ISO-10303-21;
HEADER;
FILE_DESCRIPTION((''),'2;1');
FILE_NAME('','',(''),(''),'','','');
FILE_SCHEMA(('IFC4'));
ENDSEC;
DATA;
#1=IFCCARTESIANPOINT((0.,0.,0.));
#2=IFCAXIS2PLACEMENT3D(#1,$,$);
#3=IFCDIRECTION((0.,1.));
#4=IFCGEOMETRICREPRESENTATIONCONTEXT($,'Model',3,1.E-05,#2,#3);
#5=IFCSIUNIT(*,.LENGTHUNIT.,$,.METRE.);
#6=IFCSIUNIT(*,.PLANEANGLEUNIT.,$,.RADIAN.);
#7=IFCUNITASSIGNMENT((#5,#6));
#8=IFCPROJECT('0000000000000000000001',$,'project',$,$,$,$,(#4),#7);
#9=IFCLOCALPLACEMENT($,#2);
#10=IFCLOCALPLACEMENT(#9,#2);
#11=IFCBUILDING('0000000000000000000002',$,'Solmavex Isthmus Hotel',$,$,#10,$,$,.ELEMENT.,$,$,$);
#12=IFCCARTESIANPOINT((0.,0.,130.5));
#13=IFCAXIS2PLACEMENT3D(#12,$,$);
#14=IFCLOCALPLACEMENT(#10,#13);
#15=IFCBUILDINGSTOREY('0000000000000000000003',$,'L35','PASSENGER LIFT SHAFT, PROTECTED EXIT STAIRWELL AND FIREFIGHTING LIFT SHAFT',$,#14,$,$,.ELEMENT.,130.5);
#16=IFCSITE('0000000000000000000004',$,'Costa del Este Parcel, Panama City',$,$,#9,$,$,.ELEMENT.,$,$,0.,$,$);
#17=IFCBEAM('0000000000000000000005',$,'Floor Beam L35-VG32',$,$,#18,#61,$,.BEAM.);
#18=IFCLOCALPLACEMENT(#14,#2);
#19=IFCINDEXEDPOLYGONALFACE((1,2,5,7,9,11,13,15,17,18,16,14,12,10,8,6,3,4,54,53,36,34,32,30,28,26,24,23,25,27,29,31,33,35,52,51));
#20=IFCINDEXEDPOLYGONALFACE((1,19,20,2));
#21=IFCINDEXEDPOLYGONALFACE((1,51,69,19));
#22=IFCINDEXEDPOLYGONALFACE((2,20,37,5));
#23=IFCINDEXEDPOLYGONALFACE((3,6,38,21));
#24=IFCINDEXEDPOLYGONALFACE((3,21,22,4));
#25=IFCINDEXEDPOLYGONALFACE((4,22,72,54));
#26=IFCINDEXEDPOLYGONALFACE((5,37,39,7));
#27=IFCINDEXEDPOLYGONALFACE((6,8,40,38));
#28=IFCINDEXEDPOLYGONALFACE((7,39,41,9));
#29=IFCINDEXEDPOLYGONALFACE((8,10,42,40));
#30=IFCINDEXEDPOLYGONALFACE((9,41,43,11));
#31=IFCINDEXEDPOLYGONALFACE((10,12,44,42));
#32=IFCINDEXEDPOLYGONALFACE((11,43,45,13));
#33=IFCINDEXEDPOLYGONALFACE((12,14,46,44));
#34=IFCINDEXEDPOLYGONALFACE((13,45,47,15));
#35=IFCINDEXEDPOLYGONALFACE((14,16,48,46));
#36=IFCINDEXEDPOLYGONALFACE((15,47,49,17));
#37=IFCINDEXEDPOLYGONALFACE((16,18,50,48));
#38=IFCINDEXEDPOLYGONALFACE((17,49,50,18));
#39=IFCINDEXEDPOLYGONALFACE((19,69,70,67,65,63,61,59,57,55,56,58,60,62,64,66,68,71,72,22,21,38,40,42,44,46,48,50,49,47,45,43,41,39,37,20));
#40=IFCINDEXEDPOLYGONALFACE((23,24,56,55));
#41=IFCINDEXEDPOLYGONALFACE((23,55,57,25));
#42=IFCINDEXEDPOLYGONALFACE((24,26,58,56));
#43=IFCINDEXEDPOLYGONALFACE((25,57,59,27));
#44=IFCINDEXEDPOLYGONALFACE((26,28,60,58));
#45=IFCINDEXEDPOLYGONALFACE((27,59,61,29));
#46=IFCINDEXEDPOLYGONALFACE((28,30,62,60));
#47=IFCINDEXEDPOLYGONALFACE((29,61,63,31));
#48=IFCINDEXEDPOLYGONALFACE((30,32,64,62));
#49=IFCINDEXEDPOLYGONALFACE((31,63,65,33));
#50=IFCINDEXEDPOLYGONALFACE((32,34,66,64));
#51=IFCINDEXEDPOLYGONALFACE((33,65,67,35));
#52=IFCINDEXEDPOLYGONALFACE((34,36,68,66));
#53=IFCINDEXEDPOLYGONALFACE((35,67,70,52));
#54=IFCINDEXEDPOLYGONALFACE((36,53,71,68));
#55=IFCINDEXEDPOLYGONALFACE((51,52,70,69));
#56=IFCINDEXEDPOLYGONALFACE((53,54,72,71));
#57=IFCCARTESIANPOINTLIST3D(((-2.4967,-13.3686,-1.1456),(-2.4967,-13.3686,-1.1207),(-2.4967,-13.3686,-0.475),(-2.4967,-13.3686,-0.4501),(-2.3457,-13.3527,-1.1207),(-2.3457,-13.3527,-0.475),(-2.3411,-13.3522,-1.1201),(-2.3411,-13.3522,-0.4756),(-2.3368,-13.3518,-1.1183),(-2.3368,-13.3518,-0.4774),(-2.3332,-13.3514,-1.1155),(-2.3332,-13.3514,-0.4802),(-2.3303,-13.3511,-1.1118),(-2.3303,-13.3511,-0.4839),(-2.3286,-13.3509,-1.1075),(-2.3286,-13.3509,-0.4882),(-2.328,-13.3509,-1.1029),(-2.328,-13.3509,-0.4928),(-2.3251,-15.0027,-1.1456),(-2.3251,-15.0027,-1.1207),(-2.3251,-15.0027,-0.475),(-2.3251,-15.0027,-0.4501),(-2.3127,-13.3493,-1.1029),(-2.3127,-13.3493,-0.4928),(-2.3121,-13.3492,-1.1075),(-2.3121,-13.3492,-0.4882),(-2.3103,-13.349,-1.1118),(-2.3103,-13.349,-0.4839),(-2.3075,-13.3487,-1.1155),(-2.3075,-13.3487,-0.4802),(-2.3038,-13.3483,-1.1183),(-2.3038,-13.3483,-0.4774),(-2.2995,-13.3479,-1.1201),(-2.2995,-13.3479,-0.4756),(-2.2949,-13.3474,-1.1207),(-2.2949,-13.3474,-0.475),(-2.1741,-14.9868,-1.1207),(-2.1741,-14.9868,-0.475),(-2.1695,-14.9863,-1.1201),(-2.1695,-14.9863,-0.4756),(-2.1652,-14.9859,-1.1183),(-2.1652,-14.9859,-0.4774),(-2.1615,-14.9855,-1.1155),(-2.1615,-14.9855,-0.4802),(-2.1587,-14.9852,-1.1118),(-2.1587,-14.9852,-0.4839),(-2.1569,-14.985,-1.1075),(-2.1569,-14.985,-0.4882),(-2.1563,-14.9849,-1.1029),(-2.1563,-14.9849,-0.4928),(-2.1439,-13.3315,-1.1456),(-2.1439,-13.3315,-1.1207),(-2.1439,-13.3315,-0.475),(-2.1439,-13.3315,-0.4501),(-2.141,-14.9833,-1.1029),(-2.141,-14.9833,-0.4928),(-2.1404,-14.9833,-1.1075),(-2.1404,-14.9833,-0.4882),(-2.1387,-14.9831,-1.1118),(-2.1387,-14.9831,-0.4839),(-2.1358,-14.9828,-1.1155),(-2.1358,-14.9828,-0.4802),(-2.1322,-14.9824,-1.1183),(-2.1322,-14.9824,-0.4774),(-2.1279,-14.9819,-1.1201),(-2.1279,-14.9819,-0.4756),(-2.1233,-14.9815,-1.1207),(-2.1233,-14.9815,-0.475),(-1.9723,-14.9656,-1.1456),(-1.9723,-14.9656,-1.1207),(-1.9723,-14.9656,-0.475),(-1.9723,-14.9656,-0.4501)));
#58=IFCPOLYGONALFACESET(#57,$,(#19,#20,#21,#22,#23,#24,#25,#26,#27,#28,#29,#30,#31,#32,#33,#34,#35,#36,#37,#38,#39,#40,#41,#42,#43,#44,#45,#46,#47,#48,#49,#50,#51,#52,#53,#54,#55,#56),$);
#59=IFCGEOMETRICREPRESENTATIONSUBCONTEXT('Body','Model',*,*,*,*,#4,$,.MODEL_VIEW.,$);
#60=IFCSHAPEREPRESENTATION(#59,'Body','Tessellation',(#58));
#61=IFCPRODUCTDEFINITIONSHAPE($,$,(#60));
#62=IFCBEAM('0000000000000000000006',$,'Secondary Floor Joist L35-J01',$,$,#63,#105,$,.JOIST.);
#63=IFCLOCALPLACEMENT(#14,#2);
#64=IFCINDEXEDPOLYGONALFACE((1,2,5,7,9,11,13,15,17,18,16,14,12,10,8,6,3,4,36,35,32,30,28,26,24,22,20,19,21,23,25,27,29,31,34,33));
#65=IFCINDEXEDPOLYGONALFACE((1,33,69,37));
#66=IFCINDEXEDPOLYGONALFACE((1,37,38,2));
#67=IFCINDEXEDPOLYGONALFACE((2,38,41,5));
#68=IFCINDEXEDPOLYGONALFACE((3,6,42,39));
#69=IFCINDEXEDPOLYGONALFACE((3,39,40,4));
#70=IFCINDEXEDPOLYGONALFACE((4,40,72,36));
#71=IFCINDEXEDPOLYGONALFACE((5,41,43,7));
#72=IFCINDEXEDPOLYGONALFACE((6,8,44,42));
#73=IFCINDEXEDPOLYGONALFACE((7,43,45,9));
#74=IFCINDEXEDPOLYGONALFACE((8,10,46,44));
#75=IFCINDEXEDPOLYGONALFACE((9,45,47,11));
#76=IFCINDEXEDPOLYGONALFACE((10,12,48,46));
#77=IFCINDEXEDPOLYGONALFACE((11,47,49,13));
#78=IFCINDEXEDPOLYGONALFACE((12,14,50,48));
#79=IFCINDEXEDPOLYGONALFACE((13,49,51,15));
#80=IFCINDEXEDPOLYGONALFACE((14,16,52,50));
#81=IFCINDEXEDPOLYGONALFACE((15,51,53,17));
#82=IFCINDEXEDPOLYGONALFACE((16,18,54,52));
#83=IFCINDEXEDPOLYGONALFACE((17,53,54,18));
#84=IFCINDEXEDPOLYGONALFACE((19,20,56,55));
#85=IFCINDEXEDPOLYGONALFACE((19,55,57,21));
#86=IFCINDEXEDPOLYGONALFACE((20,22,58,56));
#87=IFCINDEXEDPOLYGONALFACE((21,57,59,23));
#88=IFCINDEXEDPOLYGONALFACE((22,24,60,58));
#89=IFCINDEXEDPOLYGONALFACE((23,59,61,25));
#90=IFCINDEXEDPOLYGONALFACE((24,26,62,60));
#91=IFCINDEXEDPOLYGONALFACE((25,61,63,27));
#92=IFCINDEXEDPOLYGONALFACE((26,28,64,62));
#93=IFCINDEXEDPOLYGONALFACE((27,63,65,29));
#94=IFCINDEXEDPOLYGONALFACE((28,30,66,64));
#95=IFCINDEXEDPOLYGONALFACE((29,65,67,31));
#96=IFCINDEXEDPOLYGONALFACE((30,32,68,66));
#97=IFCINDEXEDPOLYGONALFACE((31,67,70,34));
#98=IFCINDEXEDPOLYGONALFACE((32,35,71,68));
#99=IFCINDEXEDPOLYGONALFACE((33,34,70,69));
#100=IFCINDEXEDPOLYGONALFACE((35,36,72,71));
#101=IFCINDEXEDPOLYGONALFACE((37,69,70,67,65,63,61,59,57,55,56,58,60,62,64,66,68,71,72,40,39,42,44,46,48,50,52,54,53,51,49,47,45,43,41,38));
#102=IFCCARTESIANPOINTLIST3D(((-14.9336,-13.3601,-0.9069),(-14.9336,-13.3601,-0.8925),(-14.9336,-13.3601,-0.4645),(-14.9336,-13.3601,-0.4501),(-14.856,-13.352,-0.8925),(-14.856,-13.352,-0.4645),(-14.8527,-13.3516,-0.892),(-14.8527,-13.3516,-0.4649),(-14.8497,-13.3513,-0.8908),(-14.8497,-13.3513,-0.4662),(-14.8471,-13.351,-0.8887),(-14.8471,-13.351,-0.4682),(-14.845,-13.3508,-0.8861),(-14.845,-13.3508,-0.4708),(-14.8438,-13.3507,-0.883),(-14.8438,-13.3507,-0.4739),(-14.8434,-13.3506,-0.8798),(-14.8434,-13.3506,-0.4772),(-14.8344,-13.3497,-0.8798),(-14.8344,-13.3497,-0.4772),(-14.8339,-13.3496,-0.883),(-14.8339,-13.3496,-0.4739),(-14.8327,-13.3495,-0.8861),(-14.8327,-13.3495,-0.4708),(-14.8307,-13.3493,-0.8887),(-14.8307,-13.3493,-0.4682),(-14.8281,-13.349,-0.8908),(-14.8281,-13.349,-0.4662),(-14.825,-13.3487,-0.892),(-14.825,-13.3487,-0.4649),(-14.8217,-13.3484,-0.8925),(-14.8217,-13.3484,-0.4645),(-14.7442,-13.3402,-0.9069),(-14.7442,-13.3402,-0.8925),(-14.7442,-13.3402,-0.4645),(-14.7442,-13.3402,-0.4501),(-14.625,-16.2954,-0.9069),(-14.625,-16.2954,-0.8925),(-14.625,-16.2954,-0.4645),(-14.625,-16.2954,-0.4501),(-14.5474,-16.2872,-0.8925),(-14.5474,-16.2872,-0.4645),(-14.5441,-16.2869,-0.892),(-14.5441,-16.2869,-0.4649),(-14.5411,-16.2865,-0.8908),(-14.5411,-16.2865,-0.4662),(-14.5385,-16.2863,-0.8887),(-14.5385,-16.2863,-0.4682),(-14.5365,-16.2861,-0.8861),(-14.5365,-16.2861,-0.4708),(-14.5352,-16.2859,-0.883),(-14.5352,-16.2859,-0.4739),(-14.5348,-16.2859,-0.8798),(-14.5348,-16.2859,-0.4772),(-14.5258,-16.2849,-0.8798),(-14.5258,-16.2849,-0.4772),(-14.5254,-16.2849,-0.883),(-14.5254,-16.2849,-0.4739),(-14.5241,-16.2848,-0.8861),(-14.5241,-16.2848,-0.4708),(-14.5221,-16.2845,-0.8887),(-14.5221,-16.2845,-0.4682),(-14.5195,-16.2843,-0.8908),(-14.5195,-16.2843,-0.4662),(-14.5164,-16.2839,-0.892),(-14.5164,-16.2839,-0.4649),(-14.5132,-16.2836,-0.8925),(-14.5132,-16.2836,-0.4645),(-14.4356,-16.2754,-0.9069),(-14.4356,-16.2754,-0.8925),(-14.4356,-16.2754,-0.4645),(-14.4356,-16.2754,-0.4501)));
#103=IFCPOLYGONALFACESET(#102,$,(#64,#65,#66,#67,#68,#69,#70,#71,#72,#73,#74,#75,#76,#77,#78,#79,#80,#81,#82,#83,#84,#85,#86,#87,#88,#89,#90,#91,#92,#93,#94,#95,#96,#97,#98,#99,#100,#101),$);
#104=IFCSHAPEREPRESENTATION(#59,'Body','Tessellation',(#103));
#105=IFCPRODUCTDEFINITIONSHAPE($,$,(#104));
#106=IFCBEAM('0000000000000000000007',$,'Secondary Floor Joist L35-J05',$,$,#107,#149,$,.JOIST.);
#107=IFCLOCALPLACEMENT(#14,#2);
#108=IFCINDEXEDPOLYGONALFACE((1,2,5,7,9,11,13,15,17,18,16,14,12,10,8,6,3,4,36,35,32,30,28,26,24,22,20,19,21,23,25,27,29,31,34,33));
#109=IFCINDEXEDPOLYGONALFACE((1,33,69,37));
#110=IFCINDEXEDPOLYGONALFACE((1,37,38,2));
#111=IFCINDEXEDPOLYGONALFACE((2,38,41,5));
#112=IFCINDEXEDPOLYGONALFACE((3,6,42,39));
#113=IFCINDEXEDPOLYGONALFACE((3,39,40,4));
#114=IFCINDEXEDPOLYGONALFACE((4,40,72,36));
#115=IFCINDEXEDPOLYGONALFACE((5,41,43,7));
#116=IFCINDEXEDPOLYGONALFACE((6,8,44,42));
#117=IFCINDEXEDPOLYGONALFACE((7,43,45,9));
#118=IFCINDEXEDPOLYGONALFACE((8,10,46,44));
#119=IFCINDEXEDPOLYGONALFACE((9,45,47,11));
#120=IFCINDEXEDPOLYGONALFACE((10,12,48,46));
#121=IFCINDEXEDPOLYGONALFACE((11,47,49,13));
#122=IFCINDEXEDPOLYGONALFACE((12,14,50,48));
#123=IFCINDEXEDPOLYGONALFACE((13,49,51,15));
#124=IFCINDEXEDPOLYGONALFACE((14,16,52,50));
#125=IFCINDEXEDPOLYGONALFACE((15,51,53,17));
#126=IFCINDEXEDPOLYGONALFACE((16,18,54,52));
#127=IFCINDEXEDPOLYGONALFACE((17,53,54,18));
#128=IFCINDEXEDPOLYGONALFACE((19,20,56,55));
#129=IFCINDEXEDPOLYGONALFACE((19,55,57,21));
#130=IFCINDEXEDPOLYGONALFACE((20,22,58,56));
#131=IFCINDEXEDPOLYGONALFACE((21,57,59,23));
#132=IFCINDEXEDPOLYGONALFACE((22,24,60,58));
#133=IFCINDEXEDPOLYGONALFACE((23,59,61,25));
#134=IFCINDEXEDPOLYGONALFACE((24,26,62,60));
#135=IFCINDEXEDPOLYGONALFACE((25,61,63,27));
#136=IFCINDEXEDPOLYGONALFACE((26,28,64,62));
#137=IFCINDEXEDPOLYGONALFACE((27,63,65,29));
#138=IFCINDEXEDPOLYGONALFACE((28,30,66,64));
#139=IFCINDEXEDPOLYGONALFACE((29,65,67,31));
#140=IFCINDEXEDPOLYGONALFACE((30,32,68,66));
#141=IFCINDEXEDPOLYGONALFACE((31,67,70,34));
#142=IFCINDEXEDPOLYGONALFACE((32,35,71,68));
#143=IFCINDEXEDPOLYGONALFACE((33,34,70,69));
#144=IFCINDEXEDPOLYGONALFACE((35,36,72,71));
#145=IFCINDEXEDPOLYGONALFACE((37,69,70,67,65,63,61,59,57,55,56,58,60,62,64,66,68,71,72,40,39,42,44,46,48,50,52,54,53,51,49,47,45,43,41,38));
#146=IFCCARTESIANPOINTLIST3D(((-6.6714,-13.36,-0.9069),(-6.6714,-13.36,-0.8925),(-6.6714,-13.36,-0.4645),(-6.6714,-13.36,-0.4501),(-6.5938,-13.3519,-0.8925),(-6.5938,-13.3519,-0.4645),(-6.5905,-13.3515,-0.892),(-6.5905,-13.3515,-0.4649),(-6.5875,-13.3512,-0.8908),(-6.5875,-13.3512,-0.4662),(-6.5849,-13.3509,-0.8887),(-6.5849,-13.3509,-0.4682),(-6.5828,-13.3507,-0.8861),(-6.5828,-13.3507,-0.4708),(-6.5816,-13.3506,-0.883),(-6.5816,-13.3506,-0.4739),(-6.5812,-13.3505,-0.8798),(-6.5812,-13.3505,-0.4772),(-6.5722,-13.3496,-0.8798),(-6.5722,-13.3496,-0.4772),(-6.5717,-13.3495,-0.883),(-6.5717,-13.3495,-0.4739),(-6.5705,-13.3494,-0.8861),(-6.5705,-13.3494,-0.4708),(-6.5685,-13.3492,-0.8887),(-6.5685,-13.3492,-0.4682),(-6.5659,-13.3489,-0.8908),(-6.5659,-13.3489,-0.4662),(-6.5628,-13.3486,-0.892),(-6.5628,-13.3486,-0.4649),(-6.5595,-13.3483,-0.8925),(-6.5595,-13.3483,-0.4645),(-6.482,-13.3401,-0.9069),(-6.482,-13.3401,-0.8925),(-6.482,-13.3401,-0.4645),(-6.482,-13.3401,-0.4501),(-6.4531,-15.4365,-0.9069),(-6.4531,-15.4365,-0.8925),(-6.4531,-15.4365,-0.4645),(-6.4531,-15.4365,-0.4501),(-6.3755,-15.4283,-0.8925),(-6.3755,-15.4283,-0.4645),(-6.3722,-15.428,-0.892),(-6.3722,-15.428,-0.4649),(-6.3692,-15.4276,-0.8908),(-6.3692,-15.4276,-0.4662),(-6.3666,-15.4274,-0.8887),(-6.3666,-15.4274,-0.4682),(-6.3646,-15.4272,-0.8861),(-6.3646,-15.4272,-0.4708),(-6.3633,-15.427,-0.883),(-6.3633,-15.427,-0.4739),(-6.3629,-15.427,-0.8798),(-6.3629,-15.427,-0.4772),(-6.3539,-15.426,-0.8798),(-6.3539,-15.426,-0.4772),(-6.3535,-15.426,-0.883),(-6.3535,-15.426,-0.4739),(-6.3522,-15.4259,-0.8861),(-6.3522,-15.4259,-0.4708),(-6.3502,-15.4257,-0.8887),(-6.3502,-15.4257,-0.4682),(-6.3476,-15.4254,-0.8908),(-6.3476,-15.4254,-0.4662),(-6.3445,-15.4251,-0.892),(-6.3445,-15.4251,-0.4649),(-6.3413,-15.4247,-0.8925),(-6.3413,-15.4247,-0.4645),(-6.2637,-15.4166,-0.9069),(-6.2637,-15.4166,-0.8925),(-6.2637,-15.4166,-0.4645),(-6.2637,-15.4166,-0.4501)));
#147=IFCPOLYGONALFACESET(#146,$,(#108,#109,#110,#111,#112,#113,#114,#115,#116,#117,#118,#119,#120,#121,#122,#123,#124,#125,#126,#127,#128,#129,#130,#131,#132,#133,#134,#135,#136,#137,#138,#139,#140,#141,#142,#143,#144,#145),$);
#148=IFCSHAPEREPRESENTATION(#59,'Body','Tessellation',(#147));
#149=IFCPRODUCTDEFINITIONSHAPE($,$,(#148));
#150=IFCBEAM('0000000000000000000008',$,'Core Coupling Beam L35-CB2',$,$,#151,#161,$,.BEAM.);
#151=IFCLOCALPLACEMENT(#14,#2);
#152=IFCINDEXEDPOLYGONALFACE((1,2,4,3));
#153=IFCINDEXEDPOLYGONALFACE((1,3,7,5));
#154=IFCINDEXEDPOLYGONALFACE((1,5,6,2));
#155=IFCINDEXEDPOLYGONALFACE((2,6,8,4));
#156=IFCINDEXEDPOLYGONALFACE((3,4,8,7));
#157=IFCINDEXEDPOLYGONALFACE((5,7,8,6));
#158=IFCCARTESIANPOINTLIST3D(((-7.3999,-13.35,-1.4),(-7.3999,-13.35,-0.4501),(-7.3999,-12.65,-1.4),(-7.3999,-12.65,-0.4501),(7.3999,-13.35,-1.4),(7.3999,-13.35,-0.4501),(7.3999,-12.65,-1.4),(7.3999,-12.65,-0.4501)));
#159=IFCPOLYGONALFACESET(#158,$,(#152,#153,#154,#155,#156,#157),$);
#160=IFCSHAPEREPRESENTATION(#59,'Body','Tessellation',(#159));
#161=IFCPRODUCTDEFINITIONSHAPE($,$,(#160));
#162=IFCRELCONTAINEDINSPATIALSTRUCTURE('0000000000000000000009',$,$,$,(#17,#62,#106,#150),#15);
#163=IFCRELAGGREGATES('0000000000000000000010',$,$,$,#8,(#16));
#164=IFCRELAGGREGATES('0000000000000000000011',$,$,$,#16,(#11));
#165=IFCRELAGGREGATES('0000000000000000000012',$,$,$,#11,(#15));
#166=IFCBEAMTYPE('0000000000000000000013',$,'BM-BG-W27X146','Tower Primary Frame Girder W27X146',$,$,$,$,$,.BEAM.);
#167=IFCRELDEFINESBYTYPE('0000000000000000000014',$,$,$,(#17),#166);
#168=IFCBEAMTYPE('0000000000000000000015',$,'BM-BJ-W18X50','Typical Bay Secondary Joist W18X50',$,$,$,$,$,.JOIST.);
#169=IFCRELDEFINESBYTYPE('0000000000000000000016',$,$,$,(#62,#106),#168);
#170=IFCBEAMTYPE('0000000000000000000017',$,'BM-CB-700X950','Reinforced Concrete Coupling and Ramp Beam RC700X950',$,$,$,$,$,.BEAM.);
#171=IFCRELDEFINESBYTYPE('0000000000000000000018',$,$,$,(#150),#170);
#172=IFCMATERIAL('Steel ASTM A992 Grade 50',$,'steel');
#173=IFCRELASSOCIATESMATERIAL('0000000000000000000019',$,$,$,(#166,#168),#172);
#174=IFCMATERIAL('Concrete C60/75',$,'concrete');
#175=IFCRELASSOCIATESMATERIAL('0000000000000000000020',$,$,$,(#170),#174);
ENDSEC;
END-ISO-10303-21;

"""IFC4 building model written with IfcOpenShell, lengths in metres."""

from ifc_helpers import new_model, si_unit, direction, frame, origin, origin_2d, place, context, subcontext, project, spatial, rectangle, i_section, extrude, material, material_profile, profile_set, type_object, element, save


model = new_model("IFC4")

# Units and contexts
model_context = context("Model", 3, precision=1e-05, world=origin(), true_north=direction((0.0, 1.0)))
body_context = subcontext(model_context, "Body", "Model", "MODEL_VIEW")
ifc_project = project(units=[si_unit("LENGTHUNIT", "METRE"), si_unit("PLANEANGLEUNIT", "RADIAN")], contexts=[model_context])

# Site, building, storey
site_placement = place(None, origin())
site = spatial("IfcSite", under=ifc_project, at=site_placement, Name="Costa del Este Parcel, Panama City", CompositionType="ELEMENT", RefElevation=0.0)
building_placement = place(site_placement, origin())
building = spatial("IfcBuilding", under=site, at=building_placement, Name="Solmavex Isthmus Hotel", CompositionType="ELEMENT")
storey_placement = place(building_placement, frame((0.0, 0.0, 130.5)))
storey = spatial("IfcBuildingStorey", under=building, at=storey_placement, Name="L35", Description="PASSENGER LIFT SHAFT, PROTECTED EXIT STAIRWELL AND FIREFIGHTING LIFT SHAFT", CompositionType="ELEMENT", Elevation=130.5)

# Shared definitions
ifc_material_1 = material(Name="Concrete C60/75", Category="concrete")

# Beams
ifc_material_2 = material(Name="Steel ASTM A992 Grade 50", Category="steel")
ifc_material_profile_1 = material_profile(ifc_material_2, i_section(OverallWidth=0.3547, OverallDepth=0.6956, WebThickness=0.0154, FlangeThickness=0.0249, FilletRadius=0.0178, at=origin_2d()), Name="W27X146")
ifc_profile_set_1 = profile_set([ifc_material_profile_1], Name="Steel ASTM A992 Grade 50")
beam_type_1 = type_object("IfcBeamType", Name="BM-BG-W27X146", Description="Tower Primary Frame Girder W27X146", PredefinedType="BEAM", material=ifc_profile_set_1)
beam_1_placement = place(storey_placement, frame((-2.1487, -14.9841, -0.7979), z_axis=(-0.10446, 0.994529, 0.0), x_axis=(-0.994529, -0.10446, 0.0)))
element("IfcBeam", 1, at=beam_1_placement, inside=storey, type_object=beam_type_1, Name="Floor Beam L35-VG32", PredefinedType="BEAM", context=body_context, shape_type="SweptSolid", body=[
    extrude(i_section(OverallWidth=0.3547, OverallDepth=0.6956, WebThickness=0.0154, FlangeThickness=0.0249, FilletRadius=0.0178, at=origin_2d()), origin(), (0.0, 0.0, 1.0), 1.6431),
])
ifc_material_profile_2 = material_profile(ifc_material_2, i_section(OverallWidth=0.1904, OverallDepth=0.4568, WebThickness=0.009, FlangeThickness=0.0144, FilletRadius=0.0127, at=origin_2d()), Name="W18X50")
ifc_profile_set_2 = profile_set([ifc_material_profile_2], Name="Steel ASTM A992 Grade 50")
beam_type_2 = type_object("IfcBeamType", Name="BM-BJ-W18X50", Description="Typical Bay Secondary Joist W18X50", PredefinedType="JOIST", material=ifc_profile_set_2)
beam_2_placement = place(storey_placement, frame((-14.5303, -16.2854, -0.6785), z_axis=(-0.104556, 0.994519, 0.0), x_axis=(-0.994519, -0.104556, 0.0)))
element("IfcBeam", 2, at=beam_2_placement, inside=storey, type_object=beam_type_2, Name="Secondary Floor Joist L35-J01", PredefinedType="JOIST", context=body_context, shape_type="SweptSolid", body=[
    extrude(i_section(OverallWidth=0.1904, OverallDepth=0.4568, WebThickness=0.009, FlangeThickness=0.0144, FilletRadius=0.0127, at=origin_2d()), origin(), (0.0, 0.0, 1.0), 2.9514),
])
beam_3_placement = place(storey_placement, frame((-6.3584, -15.4265, -0.6785), z_axis=(-0.104539, 0.994521, 0.0), x_axis=(-0.994521, -0.104539, 0.0)))
element("IfcBeam", 3, at=beam_3_placement, inside=storey, type_object=beam_type_2, Name="Secondary Floor Joist L35-J05", PredefinedType="JOIST", context=body_context, shape_type="SweptSolid", body=[
    extrude(i_section(OverallWidth=0.1904, OverallDepth=0.4568, WebThickness=0.009, FlangeThickness=0.0144, FilletRadius=0.0127, at=origin_2d()), origin(), (0.0, 0.0, 1.0), 2.0879),
])
ifc_material_profile_3 = material_profile(ifc_material_1, rectangle(XDim=0.7, YDim=0.95, at=origin_2d()), Name="RC700X950")
ifc_profile_set_3 = profile_set([ifc_material_profile_3], Name="Concrete C60/75")
beam_type_3 = type_object("IfcBeamType", Name="BM-CB-700X950", Description="Reinforced Concrete Coupling and Ramp Beam RC700X950", PredefinedType="BEAM", material=ifc_profile_set_3)
beam_4_placement = place(storey_placement, frame((-7.3999, -13.0, -0.925), z_axis=(1.0, 0.0, 0.0), x_axis=(0.0, 1.0, 0.0)))
element("IfcBeam", 4, at=beam_4_placement, inside=storey, type_object=beam_type_3, Name="Core Coupling Beam L35-CB2", PredefinedType="BEAM", context=body_context, shape_type="SweptSolid", body=[
    extrude(rectangle(XDim=0.7, YDim=0.95, at=origin_2d()), origin(), (0.0, 0.0, 1.0), 14.7998),
])

save(model, "model.ifc")
